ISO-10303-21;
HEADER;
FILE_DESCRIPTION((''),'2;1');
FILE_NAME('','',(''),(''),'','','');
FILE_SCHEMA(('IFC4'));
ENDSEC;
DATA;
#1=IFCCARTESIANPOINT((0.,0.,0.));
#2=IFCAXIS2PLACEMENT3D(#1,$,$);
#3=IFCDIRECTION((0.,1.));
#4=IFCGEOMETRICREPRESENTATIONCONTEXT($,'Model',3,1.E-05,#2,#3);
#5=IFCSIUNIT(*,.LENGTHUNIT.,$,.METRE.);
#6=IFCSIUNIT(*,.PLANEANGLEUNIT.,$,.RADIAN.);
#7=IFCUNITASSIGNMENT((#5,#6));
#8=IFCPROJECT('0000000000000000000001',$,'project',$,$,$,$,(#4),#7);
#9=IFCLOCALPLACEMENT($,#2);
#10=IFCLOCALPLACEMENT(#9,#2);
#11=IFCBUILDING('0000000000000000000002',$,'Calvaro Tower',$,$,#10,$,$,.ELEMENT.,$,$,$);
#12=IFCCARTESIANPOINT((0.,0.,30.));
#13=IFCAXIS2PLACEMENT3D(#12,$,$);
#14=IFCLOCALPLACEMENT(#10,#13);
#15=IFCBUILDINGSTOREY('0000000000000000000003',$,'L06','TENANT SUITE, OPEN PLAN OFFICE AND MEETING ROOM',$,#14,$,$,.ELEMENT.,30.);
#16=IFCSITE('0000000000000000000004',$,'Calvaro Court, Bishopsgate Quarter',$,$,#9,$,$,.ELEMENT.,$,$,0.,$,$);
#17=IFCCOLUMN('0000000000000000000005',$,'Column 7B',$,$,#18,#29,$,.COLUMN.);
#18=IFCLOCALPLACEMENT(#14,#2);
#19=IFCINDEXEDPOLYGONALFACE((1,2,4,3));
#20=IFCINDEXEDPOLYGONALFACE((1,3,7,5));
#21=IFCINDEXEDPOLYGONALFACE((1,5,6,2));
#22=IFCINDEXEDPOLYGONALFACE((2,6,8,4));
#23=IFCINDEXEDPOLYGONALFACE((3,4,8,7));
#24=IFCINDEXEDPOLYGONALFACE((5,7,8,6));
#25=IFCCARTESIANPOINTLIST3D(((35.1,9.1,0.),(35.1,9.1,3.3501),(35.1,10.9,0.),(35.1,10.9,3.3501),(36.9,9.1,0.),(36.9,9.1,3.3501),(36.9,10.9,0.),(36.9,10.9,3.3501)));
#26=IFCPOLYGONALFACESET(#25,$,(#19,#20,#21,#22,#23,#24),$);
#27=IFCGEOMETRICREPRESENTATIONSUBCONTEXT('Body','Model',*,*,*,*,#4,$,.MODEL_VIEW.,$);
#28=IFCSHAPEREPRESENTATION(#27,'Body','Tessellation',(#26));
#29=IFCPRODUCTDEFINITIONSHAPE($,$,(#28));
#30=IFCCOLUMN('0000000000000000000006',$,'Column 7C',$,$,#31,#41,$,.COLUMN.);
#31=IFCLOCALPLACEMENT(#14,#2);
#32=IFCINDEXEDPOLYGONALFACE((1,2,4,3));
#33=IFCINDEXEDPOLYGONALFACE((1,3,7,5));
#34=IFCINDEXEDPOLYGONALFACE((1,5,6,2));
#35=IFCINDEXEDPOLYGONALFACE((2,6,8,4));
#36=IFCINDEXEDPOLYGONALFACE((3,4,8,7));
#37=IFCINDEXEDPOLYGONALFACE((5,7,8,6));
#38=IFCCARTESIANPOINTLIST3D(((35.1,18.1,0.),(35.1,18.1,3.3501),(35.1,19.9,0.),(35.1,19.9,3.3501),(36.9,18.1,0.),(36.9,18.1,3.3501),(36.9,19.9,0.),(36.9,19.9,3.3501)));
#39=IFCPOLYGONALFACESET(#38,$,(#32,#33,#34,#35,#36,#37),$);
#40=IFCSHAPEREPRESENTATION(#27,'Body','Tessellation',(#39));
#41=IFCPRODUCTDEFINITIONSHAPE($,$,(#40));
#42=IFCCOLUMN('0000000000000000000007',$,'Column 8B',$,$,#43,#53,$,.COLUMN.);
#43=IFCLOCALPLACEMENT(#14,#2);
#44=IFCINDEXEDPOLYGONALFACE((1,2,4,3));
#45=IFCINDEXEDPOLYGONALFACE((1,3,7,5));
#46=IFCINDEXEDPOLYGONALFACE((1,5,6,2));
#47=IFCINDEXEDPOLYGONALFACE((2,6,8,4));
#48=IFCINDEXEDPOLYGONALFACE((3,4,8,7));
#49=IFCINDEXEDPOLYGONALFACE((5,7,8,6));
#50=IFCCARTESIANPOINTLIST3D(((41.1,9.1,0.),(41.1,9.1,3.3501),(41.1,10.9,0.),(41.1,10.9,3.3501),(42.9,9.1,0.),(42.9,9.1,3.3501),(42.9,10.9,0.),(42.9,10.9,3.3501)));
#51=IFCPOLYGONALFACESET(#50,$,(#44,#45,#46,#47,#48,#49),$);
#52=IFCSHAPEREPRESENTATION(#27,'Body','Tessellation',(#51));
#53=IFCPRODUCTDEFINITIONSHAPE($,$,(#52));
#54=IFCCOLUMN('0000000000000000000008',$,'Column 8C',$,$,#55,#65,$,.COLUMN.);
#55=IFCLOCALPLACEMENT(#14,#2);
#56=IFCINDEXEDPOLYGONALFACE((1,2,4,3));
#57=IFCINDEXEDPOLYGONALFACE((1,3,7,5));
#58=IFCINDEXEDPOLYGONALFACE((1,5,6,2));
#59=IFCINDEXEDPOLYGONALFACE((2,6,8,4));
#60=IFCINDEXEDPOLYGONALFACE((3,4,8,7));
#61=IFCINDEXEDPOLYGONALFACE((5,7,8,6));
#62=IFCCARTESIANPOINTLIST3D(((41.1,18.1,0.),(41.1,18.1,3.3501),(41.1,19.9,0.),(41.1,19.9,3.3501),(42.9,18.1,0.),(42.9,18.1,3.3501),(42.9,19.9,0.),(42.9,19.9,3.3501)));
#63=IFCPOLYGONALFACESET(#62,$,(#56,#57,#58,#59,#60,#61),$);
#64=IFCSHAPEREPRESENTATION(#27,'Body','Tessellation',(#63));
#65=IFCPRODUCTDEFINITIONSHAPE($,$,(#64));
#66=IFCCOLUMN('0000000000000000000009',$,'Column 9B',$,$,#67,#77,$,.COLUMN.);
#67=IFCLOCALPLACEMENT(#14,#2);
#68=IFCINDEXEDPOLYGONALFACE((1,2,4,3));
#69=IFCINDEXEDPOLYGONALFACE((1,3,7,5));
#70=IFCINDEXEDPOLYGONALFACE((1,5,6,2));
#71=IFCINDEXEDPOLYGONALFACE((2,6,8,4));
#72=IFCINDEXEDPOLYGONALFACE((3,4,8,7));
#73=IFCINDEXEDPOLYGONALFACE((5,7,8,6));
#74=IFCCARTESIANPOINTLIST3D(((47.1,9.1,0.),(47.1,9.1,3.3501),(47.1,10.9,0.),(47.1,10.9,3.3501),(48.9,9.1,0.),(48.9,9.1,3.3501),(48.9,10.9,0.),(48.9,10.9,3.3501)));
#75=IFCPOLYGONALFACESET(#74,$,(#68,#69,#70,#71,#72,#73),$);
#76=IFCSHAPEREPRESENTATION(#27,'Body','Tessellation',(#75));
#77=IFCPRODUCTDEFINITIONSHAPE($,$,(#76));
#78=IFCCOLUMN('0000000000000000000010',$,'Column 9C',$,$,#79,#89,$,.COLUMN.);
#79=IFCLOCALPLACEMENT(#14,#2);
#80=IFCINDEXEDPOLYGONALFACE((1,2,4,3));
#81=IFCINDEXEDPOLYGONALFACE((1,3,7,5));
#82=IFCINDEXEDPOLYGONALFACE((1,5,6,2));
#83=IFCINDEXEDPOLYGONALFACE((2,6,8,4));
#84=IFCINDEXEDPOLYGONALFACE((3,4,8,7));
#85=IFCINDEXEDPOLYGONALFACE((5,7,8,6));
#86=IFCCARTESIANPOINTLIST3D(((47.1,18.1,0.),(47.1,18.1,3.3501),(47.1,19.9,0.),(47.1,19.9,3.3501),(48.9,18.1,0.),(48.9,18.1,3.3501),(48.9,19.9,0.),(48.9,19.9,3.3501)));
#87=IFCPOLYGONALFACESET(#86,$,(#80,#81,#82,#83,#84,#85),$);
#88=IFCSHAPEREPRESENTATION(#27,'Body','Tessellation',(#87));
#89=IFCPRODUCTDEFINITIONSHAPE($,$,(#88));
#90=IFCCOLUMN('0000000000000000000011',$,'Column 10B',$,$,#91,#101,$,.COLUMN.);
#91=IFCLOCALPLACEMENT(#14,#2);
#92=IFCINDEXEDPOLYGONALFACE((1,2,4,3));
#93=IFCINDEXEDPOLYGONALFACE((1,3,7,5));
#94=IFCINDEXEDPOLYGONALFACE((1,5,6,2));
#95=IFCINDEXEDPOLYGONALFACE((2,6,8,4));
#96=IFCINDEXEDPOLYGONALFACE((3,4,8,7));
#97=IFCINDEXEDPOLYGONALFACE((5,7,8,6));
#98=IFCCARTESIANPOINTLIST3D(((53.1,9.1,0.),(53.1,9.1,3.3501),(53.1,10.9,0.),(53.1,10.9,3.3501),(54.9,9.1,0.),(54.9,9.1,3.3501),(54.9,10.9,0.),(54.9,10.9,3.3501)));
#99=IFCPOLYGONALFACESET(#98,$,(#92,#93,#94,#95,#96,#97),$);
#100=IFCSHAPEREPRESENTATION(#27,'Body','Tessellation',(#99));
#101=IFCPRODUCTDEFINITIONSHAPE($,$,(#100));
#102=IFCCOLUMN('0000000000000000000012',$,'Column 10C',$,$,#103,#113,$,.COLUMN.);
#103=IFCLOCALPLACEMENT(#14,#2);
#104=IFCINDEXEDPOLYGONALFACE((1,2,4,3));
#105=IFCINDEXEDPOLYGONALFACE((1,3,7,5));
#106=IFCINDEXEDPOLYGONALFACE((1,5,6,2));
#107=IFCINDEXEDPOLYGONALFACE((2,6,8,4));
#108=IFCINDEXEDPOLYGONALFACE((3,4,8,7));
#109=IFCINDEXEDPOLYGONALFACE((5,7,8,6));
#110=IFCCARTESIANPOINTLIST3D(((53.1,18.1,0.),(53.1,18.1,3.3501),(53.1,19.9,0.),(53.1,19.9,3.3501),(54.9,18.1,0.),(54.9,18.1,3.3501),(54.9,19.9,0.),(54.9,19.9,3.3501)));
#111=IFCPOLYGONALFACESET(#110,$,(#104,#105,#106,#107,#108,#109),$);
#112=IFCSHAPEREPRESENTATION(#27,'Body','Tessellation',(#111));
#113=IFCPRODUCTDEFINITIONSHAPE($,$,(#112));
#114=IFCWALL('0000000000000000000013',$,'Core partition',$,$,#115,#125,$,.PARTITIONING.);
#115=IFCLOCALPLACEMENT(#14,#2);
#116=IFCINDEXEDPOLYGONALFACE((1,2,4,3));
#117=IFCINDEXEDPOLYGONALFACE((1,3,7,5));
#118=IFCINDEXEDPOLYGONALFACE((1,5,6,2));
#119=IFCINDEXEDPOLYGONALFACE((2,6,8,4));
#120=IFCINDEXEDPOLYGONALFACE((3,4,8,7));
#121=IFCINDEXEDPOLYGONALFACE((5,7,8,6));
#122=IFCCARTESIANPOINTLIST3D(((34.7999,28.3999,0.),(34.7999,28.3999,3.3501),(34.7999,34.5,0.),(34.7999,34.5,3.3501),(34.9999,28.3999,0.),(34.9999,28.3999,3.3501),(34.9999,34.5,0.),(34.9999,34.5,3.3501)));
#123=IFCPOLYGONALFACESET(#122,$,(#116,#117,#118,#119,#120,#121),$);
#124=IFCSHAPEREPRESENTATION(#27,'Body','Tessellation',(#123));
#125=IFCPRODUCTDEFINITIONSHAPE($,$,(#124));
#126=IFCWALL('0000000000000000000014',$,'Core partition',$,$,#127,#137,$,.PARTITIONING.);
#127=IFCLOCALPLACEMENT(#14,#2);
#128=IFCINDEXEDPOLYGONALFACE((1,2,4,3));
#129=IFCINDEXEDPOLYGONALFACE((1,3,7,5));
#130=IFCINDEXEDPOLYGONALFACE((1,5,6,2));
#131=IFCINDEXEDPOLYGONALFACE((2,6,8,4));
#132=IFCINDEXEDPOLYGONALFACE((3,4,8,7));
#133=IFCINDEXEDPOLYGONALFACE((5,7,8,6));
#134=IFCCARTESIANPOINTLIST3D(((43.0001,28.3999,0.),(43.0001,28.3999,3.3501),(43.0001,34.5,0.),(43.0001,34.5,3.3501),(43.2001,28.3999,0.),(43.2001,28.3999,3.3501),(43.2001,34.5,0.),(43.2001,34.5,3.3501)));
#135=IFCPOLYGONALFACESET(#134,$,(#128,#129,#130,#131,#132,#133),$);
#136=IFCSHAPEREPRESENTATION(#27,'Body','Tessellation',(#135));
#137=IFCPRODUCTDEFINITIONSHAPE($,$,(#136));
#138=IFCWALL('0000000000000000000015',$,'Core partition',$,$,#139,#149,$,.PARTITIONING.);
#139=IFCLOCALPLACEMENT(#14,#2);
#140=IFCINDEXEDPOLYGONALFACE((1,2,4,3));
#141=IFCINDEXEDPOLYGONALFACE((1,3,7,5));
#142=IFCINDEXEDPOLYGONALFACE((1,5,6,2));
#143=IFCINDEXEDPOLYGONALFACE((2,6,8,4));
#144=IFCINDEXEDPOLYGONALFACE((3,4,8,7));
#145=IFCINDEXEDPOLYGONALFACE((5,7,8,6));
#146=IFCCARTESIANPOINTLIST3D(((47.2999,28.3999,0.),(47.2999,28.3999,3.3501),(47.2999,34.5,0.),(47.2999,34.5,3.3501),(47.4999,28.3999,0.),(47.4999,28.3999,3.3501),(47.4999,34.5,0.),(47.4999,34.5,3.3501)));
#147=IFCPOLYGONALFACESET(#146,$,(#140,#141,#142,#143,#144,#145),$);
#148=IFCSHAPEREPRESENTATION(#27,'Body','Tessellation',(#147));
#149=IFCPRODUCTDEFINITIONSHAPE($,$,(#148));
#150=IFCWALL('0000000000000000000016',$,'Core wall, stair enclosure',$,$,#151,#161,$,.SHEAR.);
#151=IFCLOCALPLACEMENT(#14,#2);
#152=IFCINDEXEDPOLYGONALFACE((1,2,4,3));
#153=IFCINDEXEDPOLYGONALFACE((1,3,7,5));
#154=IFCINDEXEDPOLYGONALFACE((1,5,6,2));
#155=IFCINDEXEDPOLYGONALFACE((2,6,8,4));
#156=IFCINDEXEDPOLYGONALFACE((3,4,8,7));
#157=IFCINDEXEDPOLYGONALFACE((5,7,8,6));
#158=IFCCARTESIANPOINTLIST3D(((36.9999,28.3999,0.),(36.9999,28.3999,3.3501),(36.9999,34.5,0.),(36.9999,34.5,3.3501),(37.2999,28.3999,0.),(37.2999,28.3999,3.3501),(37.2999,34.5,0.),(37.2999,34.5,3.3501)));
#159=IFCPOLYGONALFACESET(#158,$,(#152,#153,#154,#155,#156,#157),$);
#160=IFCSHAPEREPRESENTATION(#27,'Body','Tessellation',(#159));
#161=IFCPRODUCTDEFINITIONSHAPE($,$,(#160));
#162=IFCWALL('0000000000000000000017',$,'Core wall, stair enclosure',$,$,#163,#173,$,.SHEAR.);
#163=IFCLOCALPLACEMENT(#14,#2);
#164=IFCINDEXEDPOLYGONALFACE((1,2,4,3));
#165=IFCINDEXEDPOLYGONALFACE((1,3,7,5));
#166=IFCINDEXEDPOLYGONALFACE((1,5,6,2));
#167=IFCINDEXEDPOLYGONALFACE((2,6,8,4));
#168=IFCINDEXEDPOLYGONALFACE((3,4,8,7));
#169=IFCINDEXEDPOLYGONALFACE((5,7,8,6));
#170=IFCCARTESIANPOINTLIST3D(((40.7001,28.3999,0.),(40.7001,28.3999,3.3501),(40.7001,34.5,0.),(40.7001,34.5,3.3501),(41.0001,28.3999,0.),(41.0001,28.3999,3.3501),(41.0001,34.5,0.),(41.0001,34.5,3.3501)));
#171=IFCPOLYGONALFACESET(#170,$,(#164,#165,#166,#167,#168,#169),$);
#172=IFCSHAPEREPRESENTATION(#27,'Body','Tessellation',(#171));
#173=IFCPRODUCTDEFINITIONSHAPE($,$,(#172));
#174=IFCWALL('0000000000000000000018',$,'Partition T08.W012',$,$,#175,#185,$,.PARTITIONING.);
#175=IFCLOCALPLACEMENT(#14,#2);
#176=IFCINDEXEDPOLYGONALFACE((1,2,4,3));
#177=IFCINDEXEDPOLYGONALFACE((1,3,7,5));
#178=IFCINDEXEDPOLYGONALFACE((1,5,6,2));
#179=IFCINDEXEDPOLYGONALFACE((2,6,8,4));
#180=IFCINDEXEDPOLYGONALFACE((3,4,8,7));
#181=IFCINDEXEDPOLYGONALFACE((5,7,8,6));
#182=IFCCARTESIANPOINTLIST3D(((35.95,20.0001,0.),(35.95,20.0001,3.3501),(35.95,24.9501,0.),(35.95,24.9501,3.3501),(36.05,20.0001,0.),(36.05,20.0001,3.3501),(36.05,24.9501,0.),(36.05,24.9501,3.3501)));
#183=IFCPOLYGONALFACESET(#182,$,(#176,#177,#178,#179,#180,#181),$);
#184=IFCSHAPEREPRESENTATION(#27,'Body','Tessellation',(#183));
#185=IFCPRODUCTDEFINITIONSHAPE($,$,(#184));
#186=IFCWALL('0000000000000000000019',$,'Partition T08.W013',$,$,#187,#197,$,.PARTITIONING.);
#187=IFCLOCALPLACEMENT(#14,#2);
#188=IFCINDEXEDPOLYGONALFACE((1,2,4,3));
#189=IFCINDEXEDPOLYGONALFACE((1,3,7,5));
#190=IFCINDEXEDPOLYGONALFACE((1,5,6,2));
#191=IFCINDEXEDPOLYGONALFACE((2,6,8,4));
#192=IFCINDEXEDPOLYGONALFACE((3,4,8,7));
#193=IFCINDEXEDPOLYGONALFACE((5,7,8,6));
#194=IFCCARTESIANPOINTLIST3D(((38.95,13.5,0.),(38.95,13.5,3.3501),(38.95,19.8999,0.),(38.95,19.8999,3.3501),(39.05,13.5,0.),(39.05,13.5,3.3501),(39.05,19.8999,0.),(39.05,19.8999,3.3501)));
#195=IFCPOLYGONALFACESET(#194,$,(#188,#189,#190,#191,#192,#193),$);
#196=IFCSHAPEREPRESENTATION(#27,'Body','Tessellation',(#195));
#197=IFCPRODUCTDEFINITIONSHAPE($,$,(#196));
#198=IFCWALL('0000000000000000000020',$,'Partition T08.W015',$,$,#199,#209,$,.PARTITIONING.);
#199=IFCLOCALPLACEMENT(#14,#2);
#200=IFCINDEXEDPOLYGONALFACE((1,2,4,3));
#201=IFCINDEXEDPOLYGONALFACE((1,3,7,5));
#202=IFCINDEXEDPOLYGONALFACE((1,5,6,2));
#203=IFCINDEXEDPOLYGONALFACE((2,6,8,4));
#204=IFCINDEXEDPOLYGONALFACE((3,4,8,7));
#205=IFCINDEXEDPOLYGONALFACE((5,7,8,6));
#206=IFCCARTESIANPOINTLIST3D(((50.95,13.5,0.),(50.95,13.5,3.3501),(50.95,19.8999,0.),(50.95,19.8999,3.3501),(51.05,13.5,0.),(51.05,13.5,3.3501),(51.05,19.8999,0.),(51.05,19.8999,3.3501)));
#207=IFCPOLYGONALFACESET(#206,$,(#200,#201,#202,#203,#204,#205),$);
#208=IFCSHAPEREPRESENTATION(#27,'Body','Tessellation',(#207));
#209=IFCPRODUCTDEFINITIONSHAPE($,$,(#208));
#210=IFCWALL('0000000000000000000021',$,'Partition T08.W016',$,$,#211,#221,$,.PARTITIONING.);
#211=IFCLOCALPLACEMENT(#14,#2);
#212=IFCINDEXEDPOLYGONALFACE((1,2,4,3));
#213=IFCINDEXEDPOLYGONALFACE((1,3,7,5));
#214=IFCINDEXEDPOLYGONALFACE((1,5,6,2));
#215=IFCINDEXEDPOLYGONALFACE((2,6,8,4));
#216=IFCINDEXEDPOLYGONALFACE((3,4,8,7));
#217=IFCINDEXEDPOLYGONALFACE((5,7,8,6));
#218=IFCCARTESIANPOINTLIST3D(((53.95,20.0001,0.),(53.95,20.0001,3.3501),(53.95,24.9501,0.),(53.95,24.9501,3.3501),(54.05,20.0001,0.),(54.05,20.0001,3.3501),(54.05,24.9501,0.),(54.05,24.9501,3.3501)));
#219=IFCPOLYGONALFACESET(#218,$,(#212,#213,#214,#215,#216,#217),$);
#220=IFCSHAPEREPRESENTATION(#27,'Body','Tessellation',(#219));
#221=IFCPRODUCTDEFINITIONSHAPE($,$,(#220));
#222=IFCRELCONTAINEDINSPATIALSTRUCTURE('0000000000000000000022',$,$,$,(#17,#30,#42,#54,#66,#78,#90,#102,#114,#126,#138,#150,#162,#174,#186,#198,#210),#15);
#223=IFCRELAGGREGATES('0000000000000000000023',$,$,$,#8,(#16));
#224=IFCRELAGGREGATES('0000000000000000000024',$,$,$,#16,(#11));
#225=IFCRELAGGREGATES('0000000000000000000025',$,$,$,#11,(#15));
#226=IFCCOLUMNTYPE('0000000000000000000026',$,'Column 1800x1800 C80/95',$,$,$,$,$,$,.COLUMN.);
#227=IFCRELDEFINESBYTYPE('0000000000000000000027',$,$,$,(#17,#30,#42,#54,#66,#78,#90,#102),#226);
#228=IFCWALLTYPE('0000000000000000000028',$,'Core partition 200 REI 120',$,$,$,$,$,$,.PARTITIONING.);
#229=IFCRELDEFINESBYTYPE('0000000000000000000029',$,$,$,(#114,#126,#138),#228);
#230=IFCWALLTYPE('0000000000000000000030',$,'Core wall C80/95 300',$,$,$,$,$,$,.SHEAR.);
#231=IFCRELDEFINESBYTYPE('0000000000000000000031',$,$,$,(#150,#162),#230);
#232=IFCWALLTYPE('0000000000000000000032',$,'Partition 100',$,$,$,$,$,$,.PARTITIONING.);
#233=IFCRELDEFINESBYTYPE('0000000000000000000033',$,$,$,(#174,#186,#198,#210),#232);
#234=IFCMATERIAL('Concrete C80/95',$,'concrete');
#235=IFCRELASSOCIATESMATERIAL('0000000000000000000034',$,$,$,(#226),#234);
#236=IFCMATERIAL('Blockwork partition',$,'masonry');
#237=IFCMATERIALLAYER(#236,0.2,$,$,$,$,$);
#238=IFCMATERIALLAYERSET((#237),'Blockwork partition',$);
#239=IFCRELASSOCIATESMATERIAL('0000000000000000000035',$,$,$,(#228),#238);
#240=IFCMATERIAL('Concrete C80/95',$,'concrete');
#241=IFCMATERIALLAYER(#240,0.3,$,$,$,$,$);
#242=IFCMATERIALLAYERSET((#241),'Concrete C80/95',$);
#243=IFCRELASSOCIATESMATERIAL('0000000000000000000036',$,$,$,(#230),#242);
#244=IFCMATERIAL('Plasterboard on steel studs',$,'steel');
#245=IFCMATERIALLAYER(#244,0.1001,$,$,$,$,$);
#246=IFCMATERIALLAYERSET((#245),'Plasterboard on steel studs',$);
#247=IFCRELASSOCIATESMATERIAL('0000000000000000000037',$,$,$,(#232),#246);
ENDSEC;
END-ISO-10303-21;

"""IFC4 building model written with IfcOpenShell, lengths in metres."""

from ifc_helpers import new_model, si_unit, direction, frame, frame_2d, origin, origin_2d, place, context, subcontext, project, spatial, rectangle, extrude, material, layer, layer_set, material_profile, profile_set, type_object, element, save


model = new_model("IFC4")

# Units and contexts
model_context = context("Model", 3, precision=1e-05, world=origin(), true_north=direction((0.0, 1.0)))
body_context = subcontext(model_context, "Body", "Model", "MODEL_VIEW")
ifc_project = project(units=[si_unit("LENGTHUNIT", "METRE"), si_unit("PLANEANGLEUNIT", "RADIAN")], contexts=[model_context])

# Site, building, storey
site_placement = place(None, origin())
site = spatial("IfcSite", under=ifc_project, at=site_placement, Name="Calvaro Court, Bishopsgate Quarter", CompositionType="ELEMENT", RefElevation=0.0)
building_placement = place(site_placement, origin())
building = spatial("IfcBuilding", under=site, at=building_placement, Name="Calvaro Tower", CompositionType="ELEMENT")
storey_placement = place(building_placement, frame((0.0, 0.0, 30.0)))
storey = spatial("IfcBuildingStorey", under=building, at=storey_placement, Name="L06", Description="TENANT SUITE, OPEN PLAN OFFICE AND MEETING ROOM", CompositionType="ELEMENT", Elevation=30.0)

# Columns
ifc_material_1 = material(Name="Concrete C80/95", Category="concrete")
ifc_material_profile = material_profile(ifc_material_1, rectangle(XDim=1.8, YDim=1.8, at=origin_2d()), Name="RC 1800x1800")
ifc_profile_set = profile_set([ifc_material_profile], Name="Concrete C80/95")
column_type = type_object("IfcColumnType", Name="Column 1800x1800 C80/95", PredefinedType="COLUMN", material=ifc_profile_set)
for number, where, z_axis, x_axis, name in (
    (1, (36.0, 10.0, 0.0), (0.0, 0.0, 1.0), (1.0, 0.0, 0.0), "Column 7B"),
    (2, (36.0, 19.0, 0.0), (0.0, 0.0, 1.0), (1.0, 0.0, 0.0), "Column 7C"),
    (3, (42.0, 10.0, 0.0), (0.0, 0.0, 1.0), (1.0, 0.0, 0.0), "Column 8B"),
    (4, (42.0, 19.0, 0.0), (0.0, 0.0, 1.0), (1.0, 0.0, 0.0), "Column 8C"),
    (5, (48.0, 10.0, 0.0), (0.0, 0.0, 1.0), (1.0, 0.0, 0.0), "Column 9B"),
    (6, (48.0, 19.0, 0.0), (0.0, 0.0, 1.0), (1.0, 0.0, 0.0), "Column 9C"),
    (7, (54.0, 10.0, 0.0), (0.0, 0.0, 1.0), (1.0, 0.0, 0.0), "Column 10B"),
    (8, (54.0, 19.0, 0.0), (0.0, 0.0, 1.0), (1.0, 0.0, 0.0), "Column 10C"),
):
    element("IfcColumn", number, at=place(storey_placement, frame(where, z_axis=z_axis, x_axis=x_axis)), inside=storey, type_object=column_type, Name=name, PredefinedType="COLUMN", context=body_context, shape_type="SweptSolid", body=[
        extrude(rectangle(XDim=1.8, YDim=1.8, at=origin_2d()), origin(), (0.0, 0.0, 1.0), 3.3501),
    ])

# Walls
ifc_material_2 = material(Name="Blockwork partition", Category="masonry")
ifc_layer_1 = layer(ifc_material_2, 0.2)
ifc_layer_set_1 = layer_set([ifc_layer_1], Name="Blockwork partition")
wall_type_1 = type_object("IfcWallType", Name="Core partition 200 REI 120", PredefinedType="PARTITIONING", material=ifc_layer_set_1)
for number, where, z_axis, x_axis, name in (
    (9, (34.8999, 28.3999, 0.0), (0.0, 0.0, 1.0), (0.0, 1.0, 0.0), "Core partition"),
    (10, (43.1001, 28.3999, 0.0), (0.0, 0.0, 1.0), (0.0, 1.0, 0.0), "Core partition"),
    (11, (47.3999, 28.3999, 0.0), (0.0, 0.0, 1.0), (0.0, 1.0, 0.0), "Core partition"),
):
    element("IfcWall", number, at=place(storey_placement, frame(where, z_axis=z_axis, x_axis=x_axis)), inside=storey, type_object=wall_type_1, Name=name, PredefinedType="PARTITIONING", context=body_context, shape_type="SweptSolid", body=[
        extrude(rectangle(XDim=6.1001, YDim=0.2, at=frame_2d((3.05, 0.0))), origin(), (0.0, 0.0, 1.0), 3.3501),
    ])
ifc_material_3 = material(Name="Concrete C80/95", Category="concrete")
ifc_layer_2 = layer(ifc_material_3, 0.3)
ifc_layer_set_2 = layer_set([ifc_layer_2], Name="Concrete C80/95")
wall_type_2 = type_object("IfcWallType", Name="Core wall C80/95 300", PredefinedType="SHEAR", material=ifc_layer_set_2)
for number, where, z_axis, x_axis, name in (
    (12, (37.1499, 28.3999, 0.0), (0.0, 0.0, 1.0), (0.0, 1.0, 0.0), "Core wall, stair enclosure"),
    (13, (40.8501, 28.3999, 0.0), (0.0, 0.0, 1.0), (0.0, 1.0, 0.0), "Core wall, stair enclosure"),
):
    element("IfcWall", number, at=place(storey_placement, frame(where, z_axis=z_axis, x_axis=x_axis)), inside=storey, type_object=wall_type_2, Name=name, PredefinedType="SHEAR", context=body_context, shape_type="SweptSolid", body=[
        extrude(rectangle(XDim=6.1001, YDim=0.3, at=frame_2d((3.05, 0.0))), origin(), (0.0, 0.0, 1.0), 3.3501),
    ])
ifc_material_4 = material(Name="Plasterboard on steel studs", Category="steel")
ifc_layer_3 = layer(ifc_material_4, 0.1001)
ifc_layer_set_3 = layer_set([ifc_layer_3], Name="Plasterboard on steel studs")
wall_type_3 = type_object("IfcWallType", Name="Partition 100", PredefinedType="PARTITIONING", material=ifc_layer_set_3)
wall_1_placement = place(storey_placement, frame((36.0, 20.0, 0.0), z_axis=(0.0, 0.0, 1.0), x_axis=(0.0, 1.0, 0.0)))
element("IfcWall", 14, at=wall_1_placement, inside=storey, type_object=wall_type_3, Name="Partition T08.W012", PredefinedType="PARTITIONING", context=body_context, shape_type="SweptSolid", body=[
    extrude(rectangle(XDim=4.95, YDim=0.1001, at=frame_2d((2.4751, 0.0))), origin(), (0.0, 0.0, 1.0), 3.3501),
])
for number, where, z_axis, x_axis, name in (
    (15, (39.0, 13.5, 0.0), (0.0, 0.0, 1.0), (0.0, 1.0, 0.0), "Partition T08.W013"),
    (16, (51.0, 13.5, 0.0), (0.0, 0.0, 1.0), (0.0, 1.0, 0.0), "Partition T08.W015"),
):
    element("IfcWall", number, at=place(storey_placement, frame(where, z_axis=z_axis, x_axis=x_axis)), inside=storey, type_object=wall_type_3, Name=name, PredefinedType="PARTITIONING", context=body_context, shape_type="SweptSolid", body=[
        extrude(rectangle(XDim=6.3999, YDim=0.1001, at=frame_2d((3.2, 0.0))), origin(), (0.0, 0.0, 1.0), 3.3501),
    ])
wall_2_placement = place(storey_placement, frame((54.0, 20.0, 0.0), z_axis=(0.0, 0.0, 1.0), x_axis=(0.0, 1.0, 0.0)))
element("IfcWall", 17, at=wall_2_placement, inside=storey, type_object=wall_type_3, Name="Partition T08.W016", PredefinedType="PARTITIONING", context=body_context, shape_type="SweptSolid", body=[
    extrude(rectangle(XDim=4.95, YDim=0.1001, at=frame_2d((2.4751, 0.0))), origin(), (0.0, 0.0, 1.0), 3.3501),
])

save(model, "model.ifc")
